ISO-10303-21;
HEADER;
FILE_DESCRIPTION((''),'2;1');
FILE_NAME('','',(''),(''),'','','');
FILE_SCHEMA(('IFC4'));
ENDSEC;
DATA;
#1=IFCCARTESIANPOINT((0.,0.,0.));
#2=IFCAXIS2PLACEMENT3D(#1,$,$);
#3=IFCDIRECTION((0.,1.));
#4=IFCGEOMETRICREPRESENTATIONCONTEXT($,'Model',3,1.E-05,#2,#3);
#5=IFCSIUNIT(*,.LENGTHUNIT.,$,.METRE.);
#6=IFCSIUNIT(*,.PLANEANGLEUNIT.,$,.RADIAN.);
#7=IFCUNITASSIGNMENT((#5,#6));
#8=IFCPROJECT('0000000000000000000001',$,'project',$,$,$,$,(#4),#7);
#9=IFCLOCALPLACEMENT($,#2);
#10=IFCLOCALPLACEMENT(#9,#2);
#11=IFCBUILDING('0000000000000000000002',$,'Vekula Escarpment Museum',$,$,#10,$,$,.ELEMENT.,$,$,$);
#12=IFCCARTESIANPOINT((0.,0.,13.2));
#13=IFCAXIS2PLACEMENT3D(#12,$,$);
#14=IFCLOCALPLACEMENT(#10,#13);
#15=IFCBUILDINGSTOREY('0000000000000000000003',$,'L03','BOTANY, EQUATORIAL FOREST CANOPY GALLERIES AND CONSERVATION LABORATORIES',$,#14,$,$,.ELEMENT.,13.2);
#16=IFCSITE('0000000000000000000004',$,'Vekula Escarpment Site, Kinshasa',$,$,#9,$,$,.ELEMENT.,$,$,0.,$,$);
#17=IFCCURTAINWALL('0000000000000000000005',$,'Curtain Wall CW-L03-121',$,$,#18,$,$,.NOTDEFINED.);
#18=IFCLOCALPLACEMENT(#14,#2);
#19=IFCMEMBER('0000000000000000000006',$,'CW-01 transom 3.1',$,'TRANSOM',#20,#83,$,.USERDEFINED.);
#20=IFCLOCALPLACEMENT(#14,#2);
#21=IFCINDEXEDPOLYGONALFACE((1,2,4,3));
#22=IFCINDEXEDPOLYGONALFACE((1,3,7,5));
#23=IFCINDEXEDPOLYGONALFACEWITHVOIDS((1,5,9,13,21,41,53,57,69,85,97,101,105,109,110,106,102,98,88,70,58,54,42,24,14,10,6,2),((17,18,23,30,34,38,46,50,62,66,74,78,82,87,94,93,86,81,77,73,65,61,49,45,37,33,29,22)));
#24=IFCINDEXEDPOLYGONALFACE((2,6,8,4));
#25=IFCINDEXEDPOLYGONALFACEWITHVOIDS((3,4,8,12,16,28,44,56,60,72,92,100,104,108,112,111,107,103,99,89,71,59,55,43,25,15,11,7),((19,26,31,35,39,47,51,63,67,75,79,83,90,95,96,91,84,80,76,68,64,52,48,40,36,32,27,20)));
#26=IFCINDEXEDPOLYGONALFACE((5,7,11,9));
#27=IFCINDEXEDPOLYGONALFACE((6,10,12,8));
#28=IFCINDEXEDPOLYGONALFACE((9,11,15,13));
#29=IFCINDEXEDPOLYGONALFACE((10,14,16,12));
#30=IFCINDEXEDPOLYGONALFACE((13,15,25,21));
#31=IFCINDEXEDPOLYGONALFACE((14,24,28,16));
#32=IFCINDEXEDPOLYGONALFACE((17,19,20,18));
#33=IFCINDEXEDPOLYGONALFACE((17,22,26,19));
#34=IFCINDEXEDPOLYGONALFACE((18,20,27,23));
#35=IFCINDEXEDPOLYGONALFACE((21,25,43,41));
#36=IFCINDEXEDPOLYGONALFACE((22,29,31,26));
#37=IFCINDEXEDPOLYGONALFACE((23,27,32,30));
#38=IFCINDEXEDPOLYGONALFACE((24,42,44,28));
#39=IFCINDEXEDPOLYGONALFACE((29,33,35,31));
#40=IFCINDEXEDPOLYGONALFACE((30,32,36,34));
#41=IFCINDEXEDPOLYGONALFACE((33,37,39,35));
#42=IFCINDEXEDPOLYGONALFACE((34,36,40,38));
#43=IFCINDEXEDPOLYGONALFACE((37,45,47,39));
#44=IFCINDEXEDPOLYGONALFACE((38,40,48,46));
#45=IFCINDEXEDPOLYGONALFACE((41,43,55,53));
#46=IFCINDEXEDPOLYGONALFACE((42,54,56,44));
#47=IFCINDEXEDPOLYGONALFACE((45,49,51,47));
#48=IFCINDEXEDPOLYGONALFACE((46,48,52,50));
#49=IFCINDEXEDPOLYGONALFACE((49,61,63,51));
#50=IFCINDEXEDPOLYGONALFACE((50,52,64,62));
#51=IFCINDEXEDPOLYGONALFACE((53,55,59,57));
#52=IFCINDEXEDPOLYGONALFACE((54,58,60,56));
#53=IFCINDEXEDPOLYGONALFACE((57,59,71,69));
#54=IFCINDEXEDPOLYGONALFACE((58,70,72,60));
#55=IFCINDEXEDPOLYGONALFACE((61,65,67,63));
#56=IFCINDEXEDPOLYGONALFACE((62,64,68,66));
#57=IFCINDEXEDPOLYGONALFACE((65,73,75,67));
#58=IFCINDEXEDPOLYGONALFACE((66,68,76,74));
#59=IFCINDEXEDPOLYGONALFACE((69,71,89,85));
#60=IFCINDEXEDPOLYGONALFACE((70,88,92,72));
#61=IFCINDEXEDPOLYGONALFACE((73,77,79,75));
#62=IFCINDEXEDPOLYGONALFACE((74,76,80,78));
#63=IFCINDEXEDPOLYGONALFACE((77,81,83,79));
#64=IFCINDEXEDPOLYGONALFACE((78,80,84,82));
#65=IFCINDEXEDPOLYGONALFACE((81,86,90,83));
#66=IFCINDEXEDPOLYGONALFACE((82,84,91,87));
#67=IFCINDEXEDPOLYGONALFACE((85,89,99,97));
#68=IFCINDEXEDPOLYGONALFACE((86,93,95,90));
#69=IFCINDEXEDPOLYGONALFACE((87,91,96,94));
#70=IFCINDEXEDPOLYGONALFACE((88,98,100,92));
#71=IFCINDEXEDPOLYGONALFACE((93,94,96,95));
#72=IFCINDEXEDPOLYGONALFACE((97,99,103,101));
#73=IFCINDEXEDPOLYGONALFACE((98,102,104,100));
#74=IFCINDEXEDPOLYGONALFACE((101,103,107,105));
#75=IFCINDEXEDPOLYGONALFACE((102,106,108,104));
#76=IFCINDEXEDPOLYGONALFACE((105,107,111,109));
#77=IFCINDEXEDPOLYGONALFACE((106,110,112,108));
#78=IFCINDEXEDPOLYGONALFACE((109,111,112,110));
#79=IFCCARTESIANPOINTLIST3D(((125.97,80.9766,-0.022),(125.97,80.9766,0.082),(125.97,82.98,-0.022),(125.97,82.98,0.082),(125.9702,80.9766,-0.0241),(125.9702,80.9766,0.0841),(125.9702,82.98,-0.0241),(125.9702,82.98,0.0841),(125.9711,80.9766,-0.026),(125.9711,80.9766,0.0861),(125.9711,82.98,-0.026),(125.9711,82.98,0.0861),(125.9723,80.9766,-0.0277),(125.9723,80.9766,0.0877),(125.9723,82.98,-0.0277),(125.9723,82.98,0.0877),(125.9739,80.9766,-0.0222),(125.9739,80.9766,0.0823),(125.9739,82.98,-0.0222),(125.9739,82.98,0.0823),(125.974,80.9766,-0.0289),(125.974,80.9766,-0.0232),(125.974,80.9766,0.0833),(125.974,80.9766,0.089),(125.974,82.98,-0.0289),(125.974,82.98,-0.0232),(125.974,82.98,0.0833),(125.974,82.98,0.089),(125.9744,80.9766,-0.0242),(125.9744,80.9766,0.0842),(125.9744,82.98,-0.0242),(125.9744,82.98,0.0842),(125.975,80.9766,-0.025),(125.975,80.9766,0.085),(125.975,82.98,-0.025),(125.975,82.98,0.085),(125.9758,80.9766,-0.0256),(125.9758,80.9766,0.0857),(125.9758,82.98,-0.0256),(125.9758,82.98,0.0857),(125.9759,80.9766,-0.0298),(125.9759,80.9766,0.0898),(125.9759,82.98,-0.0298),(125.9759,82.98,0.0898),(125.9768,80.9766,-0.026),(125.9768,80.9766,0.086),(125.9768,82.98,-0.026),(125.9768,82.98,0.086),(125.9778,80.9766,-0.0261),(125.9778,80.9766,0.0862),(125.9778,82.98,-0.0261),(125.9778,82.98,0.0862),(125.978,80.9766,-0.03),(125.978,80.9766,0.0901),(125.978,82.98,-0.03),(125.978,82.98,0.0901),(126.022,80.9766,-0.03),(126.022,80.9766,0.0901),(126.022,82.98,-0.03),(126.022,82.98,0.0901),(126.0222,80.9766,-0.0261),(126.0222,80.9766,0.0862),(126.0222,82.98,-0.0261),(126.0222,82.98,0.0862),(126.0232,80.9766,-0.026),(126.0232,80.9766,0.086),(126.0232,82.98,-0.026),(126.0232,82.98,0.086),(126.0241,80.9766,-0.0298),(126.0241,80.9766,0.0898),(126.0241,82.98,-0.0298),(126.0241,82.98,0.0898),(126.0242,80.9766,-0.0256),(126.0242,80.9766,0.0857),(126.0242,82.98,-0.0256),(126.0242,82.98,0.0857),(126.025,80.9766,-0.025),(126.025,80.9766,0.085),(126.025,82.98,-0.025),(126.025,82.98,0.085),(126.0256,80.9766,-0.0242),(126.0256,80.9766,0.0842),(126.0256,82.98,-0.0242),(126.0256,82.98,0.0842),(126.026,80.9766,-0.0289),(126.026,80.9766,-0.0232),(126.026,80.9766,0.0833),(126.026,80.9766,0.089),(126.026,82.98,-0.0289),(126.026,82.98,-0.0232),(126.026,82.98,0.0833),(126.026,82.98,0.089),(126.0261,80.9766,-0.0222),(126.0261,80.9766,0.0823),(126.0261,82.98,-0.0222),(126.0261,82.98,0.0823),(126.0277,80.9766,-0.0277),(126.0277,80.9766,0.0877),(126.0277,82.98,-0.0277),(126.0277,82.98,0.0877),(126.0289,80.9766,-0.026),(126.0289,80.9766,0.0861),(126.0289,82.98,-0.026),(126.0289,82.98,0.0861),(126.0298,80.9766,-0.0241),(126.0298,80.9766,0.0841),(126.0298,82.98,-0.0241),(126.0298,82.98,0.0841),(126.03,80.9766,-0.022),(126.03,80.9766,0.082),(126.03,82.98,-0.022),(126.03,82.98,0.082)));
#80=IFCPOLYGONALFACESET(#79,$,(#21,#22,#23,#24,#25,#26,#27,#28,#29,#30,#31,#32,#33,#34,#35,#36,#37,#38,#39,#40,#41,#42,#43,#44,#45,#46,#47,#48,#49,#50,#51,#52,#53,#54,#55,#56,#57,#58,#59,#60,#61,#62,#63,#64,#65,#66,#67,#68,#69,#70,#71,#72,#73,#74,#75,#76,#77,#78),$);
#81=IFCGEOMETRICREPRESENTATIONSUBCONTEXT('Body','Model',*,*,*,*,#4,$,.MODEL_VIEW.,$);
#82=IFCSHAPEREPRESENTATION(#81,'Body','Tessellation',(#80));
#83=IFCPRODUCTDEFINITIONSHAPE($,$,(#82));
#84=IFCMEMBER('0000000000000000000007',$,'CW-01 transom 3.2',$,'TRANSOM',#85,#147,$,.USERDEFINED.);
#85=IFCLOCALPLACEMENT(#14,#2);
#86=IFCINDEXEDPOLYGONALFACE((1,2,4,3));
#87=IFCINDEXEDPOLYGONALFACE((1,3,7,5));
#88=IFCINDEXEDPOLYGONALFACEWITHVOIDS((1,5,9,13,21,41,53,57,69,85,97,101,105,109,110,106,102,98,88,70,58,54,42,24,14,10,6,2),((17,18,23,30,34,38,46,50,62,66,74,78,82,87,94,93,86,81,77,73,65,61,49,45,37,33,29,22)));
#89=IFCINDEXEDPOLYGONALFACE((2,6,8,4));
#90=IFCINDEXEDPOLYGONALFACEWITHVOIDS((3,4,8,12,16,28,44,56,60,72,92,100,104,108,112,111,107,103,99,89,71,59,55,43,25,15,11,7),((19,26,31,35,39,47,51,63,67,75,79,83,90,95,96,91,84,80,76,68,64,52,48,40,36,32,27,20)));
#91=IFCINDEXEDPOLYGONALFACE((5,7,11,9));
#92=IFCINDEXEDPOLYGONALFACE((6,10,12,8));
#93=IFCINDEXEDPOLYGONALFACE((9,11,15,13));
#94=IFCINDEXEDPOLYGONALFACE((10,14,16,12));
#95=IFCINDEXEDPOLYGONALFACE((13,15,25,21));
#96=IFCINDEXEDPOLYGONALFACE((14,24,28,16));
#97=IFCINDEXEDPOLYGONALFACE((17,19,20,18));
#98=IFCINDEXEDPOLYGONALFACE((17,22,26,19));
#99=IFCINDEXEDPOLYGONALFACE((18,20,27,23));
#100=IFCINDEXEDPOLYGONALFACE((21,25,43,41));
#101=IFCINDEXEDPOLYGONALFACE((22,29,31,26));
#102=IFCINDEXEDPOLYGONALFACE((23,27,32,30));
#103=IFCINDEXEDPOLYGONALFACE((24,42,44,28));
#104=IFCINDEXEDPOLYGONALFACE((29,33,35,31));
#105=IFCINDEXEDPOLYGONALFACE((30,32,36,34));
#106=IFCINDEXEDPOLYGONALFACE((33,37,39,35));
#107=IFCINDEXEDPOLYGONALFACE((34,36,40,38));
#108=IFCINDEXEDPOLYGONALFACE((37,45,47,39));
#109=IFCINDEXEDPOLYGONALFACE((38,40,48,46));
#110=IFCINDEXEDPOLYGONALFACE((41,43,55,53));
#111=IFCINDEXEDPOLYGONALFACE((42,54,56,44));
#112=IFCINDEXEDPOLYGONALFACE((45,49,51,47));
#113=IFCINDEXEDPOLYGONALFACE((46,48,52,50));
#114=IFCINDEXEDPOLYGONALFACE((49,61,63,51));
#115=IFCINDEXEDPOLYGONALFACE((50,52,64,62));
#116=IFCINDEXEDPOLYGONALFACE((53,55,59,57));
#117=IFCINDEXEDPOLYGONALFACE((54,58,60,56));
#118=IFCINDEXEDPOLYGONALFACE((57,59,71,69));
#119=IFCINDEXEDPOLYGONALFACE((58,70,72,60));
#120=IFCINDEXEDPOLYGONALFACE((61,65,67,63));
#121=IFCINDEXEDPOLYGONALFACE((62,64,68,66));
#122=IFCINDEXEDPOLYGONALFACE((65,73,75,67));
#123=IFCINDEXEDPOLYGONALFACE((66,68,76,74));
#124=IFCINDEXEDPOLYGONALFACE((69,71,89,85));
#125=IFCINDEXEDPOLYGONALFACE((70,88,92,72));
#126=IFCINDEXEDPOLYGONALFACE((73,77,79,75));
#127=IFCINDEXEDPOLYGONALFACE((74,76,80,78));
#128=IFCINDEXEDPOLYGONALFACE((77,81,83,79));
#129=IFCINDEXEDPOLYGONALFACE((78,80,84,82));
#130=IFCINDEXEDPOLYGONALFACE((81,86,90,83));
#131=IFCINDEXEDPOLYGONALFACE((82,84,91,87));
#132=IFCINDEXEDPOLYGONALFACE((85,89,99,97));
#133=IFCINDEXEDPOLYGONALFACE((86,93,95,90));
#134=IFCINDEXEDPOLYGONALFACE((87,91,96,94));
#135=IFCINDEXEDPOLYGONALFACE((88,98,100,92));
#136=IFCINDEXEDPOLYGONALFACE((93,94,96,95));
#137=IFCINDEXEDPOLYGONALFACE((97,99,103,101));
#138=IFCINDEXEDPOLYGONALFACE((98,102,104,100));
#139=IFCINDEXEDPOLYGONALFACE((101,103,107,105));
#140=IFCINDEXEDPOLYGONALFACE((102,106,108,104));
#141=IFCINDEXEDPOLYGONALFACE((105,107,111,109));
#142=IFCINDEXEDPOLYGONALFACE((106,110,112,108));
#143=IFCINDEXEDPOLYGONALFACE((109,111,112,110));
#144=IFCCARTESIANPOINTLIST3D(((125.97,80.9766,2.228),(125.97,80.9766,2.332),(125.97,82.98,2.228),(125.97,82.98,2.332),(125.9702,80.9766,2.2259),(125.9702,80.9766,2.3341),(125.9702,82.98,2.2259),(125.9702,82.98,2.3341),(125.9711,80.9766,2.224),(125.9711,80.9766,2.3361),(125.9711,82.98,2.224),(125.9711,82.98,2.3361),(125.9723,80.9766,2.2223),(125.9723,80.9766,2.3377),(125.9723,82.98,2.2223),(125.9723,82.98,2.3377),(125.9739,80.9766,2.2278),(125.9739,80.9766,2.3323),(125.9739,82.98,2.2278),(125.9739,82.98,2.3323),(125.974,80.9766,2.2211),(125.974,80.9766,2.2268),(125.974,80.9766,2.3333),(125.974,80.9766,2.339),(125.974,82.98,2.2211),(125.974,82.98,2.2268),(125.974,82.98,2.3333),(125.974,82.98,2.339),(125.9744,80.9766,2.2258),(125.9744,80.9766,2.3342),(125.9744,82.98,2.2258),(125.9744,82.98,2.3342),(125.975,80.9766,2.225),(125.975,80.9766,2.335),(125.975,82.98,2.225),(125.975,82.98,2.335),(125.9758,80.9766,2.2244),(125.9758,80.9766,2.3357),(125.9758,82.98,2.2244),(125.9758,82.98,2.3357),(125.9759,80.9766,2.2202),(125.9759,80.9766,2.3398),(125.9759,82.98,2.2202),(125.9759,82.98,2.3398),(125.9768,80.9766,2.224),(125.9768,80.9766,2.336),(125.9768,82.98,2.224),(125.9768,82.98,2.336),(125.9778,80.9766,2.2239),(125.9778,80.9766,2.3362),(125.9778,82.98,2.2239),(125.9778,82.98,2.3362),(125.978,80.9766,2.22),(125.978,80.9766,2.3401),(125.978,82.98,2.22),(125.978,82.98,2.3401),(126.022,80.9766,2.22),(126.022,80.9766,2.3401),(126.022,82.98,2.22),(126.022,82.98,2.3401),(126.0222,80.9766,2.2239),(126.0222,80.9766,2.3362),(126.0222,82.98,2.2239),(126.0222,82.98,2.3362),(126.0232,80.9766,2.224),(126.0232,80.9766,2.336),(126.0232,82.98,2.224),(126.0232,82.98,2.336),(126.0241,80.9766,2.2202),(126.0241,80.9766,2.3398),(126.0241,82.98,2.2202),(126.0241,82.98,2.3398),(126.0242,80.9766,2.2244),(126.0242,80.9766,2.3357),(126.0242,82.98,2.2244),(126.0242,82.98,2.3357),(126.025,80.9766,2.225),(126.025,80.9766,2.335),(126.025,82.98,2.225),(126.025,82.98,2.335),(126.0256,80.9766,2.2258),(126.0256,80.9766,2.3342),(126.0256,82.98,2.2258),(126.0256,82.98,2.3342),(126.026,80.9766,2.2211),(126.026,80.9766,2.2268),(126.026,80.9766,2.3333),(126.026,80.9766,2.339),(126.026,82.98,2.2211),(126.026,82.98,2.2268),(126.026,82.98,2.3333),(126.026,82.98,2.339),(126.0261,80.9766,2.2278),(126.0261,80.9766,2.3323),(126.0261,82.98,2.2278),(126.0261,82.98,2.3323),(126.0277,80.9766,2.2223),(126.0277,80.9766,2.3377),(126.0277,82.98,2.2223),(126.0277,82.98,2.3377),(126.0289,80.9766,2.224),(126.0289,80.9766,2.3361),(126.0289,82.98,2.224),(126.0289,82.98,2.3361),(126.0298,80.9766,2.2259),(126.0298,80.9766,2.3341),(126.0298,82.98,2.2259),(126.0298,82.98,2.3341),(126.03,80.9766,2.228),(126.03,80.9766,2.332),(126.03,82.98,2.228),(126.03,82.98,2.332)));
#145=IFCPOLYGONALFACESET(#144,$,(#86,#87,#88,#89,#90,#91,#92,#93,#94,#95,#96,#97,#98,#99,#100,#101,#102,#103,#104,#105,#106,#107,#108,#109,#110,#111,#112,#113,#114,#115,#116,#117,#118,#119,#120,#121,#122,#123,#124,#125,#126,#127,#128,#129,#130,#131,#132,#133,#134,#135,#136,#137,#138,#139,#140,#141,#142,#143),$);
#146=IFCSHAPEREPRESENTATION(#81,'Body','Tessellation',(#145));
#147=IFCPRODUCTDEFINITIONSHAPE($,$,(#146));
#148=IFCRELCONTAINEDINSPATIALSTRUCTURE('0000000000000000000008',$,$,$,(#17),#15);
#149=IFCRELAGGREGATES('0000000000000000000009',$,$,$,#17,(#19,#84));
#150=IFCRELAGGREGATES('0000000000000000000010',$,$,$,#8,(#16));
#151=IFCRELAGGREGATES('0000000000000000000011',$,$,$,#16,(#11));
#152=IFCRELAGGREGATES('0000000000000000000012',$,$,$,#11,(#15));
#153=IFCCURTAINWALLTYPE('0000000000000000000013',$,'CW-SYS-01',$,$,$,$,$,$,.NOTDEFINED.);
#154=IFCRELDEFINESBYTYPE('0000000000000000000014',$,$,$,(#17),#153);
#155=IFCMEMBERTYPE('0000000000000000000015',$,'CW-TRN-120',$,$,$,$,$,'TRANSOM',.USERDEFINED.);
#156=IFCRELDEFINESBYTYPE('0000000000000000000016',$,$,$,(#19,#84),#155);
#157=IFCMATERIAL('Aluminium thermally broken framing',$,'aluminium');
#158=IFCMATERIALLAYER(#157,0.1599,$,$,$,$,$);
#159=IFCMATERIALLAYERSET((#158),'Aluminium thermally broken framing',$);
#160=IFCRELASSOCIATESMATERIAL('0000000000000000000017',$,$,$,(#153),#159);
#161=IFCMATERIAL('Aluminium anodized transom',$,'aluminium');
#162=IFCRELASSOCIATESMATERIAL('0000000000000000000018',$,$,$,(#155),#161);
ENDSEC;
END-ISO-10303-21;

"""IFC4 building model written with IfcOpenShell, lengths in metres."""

from ifc_helpers import new_model, si_unit, direction, frame, origin, origin_2d, place, context, subcontext, project, spatial, hollow_rectangle, extrude, material, layer, layer_set, material_profile, profile_set, type_object, element, aggregate, save


model = new_model("IFC4")

# Units and contexts
model_context = context("Model", 3, precision=1e-05, world=origin(), true_north=direction((0.0, 1.0)))
body_context = subcontext(model_context, "Body", "Model", "MODEL_VIEW")
ifc_project = project(units=[si_unit("LENGTHUNIT", "METRE"), si_unit("PLANEANGLEUNIT", "RADIAN")], contexts=[model_context])

# Site, building, storey
site_placement = place(None, origin())
site = spatial("IfcSite", under=ifc_project, at=site_placement, Name="Vekula Escarpment Site, Kinshasa", CompositionType="ELEMENT", RefElevation=0.0)
building_placement = place(site_placement, origin())
building = spatial("IfcBuilding", under=site, at=building_placement, Name="Vekula Escarpment Museum", CompositionType="ELEMENT")
storey_placement = place(building_placement, frame((0.0, 0.0, 13.2)))
storey = spatial("IfcBuildingStorey", under=building, at=storey_placement, Name="L03", Description="BOTANY, EQUATORIAL FOREST CANOPY GALLERIES AND CONSERVATION LABORATORIES", CompositionType="ELEMENT", Elevation=13.2)

# Curtain wall
ifc_material_1 = material(Name="Aluminium thermally broken framing", Category="aluminium")
ifc_layer_1 = layer(ifc_material_1, 0.1599)
ifc_layer_set_1 = layer_set([ifc_layer_1], Name="Aluminium thermally broken framing")
curtain_wall_type_1 = type_object("IfcCurtainWallType", Name="CW-SYS-01", PredefinedType="NOTDEFINED", material=ifc_layer_set_1)
curtain_wall_1_placement = place(storey_placement, origin())
curtain_wall_1 = element("IfcCurtainWall", 1, at=curtain_wall_1_placement, inside=storey, type_object=curtain_wall_type_1, Name="Curtain Wall CW-L03-121", PredefinedType="NOTDEFINED")

# Members
ifc_material_2 = material(Name="Aluminium anodized transom", Category="aluminium")
ifc_material_profile_1 = material_profile(ifc_material_2, hollow_rectangle(XDim=0.0601, YDim=0.1201, WallThickness=0.0039, InnerFilletRadius=0.0039, OuterFilletRadius=0.0081, at=origin_2d()), Name="ALU 120x60x4")
ifc_profile_set_1 = profile_set([ifc_material_profile_1], Name="Aluminium anodized transom")
member_type_1 = type_object("IfcMemberType", Name="CW-TRN-120", ElementType="TRANSOM", PredefinedType="USERDEFINED", material=ifc_profile_set_1)
member_1_placement = place(storey_placement, frame((126.0, 80.9766, 0.03), z_axis=(0.0, 1.0, 0.0), x_axis=(-1.0, 0.0, 0.0)))
member_1 = element("IfcMember", 2, at=member_1_placement, type_object=member_type_1, Name="CW-01 transom 3.1", ObjectType="TRANSOM", PredefinedType="USERDEFINED", context=body_context, shape_type="SweptSolid", body=[
    extrude(hollow_rectangle(XDim=0.0601, YDim=0.1201, WallThickness=0.0039, InnerFilletRadius=0.0039, OuterFilletRadius=0.0081, at=origin_2d()), origin(), (0.0, 0.0, 1.0), 2.0034),
])
member_2_placement = place(storey_placement, frame((126.0, 80.9766, 2.28), z_axis=(0.0, 1.0, 0.0), x_axis=(-1.0, 0.0, 0.0)))
member_2 = element("IfcMember", 3, at=member_2_placement, type_object=member_type_1, Name="CW-01 transom 3.2", ObjectType="TRANSOM", PredefinedType="USERDEFINED", context=body_context, shape_type="SweptSolid", body=[
    extrude(hollow_rectangle(XDim=0.0601, YDim=0.1201, WallThickness=0.0039, InnerFilletRadius=0.0039, OuterFilletRadius=0.0081, at=origin_2d()), origin(), (0.0, 0.0, 1.0), 2.0034),
])

aggregate(curtain_wall_1, [member_1, member_2])

save(model, "model.ifc")
